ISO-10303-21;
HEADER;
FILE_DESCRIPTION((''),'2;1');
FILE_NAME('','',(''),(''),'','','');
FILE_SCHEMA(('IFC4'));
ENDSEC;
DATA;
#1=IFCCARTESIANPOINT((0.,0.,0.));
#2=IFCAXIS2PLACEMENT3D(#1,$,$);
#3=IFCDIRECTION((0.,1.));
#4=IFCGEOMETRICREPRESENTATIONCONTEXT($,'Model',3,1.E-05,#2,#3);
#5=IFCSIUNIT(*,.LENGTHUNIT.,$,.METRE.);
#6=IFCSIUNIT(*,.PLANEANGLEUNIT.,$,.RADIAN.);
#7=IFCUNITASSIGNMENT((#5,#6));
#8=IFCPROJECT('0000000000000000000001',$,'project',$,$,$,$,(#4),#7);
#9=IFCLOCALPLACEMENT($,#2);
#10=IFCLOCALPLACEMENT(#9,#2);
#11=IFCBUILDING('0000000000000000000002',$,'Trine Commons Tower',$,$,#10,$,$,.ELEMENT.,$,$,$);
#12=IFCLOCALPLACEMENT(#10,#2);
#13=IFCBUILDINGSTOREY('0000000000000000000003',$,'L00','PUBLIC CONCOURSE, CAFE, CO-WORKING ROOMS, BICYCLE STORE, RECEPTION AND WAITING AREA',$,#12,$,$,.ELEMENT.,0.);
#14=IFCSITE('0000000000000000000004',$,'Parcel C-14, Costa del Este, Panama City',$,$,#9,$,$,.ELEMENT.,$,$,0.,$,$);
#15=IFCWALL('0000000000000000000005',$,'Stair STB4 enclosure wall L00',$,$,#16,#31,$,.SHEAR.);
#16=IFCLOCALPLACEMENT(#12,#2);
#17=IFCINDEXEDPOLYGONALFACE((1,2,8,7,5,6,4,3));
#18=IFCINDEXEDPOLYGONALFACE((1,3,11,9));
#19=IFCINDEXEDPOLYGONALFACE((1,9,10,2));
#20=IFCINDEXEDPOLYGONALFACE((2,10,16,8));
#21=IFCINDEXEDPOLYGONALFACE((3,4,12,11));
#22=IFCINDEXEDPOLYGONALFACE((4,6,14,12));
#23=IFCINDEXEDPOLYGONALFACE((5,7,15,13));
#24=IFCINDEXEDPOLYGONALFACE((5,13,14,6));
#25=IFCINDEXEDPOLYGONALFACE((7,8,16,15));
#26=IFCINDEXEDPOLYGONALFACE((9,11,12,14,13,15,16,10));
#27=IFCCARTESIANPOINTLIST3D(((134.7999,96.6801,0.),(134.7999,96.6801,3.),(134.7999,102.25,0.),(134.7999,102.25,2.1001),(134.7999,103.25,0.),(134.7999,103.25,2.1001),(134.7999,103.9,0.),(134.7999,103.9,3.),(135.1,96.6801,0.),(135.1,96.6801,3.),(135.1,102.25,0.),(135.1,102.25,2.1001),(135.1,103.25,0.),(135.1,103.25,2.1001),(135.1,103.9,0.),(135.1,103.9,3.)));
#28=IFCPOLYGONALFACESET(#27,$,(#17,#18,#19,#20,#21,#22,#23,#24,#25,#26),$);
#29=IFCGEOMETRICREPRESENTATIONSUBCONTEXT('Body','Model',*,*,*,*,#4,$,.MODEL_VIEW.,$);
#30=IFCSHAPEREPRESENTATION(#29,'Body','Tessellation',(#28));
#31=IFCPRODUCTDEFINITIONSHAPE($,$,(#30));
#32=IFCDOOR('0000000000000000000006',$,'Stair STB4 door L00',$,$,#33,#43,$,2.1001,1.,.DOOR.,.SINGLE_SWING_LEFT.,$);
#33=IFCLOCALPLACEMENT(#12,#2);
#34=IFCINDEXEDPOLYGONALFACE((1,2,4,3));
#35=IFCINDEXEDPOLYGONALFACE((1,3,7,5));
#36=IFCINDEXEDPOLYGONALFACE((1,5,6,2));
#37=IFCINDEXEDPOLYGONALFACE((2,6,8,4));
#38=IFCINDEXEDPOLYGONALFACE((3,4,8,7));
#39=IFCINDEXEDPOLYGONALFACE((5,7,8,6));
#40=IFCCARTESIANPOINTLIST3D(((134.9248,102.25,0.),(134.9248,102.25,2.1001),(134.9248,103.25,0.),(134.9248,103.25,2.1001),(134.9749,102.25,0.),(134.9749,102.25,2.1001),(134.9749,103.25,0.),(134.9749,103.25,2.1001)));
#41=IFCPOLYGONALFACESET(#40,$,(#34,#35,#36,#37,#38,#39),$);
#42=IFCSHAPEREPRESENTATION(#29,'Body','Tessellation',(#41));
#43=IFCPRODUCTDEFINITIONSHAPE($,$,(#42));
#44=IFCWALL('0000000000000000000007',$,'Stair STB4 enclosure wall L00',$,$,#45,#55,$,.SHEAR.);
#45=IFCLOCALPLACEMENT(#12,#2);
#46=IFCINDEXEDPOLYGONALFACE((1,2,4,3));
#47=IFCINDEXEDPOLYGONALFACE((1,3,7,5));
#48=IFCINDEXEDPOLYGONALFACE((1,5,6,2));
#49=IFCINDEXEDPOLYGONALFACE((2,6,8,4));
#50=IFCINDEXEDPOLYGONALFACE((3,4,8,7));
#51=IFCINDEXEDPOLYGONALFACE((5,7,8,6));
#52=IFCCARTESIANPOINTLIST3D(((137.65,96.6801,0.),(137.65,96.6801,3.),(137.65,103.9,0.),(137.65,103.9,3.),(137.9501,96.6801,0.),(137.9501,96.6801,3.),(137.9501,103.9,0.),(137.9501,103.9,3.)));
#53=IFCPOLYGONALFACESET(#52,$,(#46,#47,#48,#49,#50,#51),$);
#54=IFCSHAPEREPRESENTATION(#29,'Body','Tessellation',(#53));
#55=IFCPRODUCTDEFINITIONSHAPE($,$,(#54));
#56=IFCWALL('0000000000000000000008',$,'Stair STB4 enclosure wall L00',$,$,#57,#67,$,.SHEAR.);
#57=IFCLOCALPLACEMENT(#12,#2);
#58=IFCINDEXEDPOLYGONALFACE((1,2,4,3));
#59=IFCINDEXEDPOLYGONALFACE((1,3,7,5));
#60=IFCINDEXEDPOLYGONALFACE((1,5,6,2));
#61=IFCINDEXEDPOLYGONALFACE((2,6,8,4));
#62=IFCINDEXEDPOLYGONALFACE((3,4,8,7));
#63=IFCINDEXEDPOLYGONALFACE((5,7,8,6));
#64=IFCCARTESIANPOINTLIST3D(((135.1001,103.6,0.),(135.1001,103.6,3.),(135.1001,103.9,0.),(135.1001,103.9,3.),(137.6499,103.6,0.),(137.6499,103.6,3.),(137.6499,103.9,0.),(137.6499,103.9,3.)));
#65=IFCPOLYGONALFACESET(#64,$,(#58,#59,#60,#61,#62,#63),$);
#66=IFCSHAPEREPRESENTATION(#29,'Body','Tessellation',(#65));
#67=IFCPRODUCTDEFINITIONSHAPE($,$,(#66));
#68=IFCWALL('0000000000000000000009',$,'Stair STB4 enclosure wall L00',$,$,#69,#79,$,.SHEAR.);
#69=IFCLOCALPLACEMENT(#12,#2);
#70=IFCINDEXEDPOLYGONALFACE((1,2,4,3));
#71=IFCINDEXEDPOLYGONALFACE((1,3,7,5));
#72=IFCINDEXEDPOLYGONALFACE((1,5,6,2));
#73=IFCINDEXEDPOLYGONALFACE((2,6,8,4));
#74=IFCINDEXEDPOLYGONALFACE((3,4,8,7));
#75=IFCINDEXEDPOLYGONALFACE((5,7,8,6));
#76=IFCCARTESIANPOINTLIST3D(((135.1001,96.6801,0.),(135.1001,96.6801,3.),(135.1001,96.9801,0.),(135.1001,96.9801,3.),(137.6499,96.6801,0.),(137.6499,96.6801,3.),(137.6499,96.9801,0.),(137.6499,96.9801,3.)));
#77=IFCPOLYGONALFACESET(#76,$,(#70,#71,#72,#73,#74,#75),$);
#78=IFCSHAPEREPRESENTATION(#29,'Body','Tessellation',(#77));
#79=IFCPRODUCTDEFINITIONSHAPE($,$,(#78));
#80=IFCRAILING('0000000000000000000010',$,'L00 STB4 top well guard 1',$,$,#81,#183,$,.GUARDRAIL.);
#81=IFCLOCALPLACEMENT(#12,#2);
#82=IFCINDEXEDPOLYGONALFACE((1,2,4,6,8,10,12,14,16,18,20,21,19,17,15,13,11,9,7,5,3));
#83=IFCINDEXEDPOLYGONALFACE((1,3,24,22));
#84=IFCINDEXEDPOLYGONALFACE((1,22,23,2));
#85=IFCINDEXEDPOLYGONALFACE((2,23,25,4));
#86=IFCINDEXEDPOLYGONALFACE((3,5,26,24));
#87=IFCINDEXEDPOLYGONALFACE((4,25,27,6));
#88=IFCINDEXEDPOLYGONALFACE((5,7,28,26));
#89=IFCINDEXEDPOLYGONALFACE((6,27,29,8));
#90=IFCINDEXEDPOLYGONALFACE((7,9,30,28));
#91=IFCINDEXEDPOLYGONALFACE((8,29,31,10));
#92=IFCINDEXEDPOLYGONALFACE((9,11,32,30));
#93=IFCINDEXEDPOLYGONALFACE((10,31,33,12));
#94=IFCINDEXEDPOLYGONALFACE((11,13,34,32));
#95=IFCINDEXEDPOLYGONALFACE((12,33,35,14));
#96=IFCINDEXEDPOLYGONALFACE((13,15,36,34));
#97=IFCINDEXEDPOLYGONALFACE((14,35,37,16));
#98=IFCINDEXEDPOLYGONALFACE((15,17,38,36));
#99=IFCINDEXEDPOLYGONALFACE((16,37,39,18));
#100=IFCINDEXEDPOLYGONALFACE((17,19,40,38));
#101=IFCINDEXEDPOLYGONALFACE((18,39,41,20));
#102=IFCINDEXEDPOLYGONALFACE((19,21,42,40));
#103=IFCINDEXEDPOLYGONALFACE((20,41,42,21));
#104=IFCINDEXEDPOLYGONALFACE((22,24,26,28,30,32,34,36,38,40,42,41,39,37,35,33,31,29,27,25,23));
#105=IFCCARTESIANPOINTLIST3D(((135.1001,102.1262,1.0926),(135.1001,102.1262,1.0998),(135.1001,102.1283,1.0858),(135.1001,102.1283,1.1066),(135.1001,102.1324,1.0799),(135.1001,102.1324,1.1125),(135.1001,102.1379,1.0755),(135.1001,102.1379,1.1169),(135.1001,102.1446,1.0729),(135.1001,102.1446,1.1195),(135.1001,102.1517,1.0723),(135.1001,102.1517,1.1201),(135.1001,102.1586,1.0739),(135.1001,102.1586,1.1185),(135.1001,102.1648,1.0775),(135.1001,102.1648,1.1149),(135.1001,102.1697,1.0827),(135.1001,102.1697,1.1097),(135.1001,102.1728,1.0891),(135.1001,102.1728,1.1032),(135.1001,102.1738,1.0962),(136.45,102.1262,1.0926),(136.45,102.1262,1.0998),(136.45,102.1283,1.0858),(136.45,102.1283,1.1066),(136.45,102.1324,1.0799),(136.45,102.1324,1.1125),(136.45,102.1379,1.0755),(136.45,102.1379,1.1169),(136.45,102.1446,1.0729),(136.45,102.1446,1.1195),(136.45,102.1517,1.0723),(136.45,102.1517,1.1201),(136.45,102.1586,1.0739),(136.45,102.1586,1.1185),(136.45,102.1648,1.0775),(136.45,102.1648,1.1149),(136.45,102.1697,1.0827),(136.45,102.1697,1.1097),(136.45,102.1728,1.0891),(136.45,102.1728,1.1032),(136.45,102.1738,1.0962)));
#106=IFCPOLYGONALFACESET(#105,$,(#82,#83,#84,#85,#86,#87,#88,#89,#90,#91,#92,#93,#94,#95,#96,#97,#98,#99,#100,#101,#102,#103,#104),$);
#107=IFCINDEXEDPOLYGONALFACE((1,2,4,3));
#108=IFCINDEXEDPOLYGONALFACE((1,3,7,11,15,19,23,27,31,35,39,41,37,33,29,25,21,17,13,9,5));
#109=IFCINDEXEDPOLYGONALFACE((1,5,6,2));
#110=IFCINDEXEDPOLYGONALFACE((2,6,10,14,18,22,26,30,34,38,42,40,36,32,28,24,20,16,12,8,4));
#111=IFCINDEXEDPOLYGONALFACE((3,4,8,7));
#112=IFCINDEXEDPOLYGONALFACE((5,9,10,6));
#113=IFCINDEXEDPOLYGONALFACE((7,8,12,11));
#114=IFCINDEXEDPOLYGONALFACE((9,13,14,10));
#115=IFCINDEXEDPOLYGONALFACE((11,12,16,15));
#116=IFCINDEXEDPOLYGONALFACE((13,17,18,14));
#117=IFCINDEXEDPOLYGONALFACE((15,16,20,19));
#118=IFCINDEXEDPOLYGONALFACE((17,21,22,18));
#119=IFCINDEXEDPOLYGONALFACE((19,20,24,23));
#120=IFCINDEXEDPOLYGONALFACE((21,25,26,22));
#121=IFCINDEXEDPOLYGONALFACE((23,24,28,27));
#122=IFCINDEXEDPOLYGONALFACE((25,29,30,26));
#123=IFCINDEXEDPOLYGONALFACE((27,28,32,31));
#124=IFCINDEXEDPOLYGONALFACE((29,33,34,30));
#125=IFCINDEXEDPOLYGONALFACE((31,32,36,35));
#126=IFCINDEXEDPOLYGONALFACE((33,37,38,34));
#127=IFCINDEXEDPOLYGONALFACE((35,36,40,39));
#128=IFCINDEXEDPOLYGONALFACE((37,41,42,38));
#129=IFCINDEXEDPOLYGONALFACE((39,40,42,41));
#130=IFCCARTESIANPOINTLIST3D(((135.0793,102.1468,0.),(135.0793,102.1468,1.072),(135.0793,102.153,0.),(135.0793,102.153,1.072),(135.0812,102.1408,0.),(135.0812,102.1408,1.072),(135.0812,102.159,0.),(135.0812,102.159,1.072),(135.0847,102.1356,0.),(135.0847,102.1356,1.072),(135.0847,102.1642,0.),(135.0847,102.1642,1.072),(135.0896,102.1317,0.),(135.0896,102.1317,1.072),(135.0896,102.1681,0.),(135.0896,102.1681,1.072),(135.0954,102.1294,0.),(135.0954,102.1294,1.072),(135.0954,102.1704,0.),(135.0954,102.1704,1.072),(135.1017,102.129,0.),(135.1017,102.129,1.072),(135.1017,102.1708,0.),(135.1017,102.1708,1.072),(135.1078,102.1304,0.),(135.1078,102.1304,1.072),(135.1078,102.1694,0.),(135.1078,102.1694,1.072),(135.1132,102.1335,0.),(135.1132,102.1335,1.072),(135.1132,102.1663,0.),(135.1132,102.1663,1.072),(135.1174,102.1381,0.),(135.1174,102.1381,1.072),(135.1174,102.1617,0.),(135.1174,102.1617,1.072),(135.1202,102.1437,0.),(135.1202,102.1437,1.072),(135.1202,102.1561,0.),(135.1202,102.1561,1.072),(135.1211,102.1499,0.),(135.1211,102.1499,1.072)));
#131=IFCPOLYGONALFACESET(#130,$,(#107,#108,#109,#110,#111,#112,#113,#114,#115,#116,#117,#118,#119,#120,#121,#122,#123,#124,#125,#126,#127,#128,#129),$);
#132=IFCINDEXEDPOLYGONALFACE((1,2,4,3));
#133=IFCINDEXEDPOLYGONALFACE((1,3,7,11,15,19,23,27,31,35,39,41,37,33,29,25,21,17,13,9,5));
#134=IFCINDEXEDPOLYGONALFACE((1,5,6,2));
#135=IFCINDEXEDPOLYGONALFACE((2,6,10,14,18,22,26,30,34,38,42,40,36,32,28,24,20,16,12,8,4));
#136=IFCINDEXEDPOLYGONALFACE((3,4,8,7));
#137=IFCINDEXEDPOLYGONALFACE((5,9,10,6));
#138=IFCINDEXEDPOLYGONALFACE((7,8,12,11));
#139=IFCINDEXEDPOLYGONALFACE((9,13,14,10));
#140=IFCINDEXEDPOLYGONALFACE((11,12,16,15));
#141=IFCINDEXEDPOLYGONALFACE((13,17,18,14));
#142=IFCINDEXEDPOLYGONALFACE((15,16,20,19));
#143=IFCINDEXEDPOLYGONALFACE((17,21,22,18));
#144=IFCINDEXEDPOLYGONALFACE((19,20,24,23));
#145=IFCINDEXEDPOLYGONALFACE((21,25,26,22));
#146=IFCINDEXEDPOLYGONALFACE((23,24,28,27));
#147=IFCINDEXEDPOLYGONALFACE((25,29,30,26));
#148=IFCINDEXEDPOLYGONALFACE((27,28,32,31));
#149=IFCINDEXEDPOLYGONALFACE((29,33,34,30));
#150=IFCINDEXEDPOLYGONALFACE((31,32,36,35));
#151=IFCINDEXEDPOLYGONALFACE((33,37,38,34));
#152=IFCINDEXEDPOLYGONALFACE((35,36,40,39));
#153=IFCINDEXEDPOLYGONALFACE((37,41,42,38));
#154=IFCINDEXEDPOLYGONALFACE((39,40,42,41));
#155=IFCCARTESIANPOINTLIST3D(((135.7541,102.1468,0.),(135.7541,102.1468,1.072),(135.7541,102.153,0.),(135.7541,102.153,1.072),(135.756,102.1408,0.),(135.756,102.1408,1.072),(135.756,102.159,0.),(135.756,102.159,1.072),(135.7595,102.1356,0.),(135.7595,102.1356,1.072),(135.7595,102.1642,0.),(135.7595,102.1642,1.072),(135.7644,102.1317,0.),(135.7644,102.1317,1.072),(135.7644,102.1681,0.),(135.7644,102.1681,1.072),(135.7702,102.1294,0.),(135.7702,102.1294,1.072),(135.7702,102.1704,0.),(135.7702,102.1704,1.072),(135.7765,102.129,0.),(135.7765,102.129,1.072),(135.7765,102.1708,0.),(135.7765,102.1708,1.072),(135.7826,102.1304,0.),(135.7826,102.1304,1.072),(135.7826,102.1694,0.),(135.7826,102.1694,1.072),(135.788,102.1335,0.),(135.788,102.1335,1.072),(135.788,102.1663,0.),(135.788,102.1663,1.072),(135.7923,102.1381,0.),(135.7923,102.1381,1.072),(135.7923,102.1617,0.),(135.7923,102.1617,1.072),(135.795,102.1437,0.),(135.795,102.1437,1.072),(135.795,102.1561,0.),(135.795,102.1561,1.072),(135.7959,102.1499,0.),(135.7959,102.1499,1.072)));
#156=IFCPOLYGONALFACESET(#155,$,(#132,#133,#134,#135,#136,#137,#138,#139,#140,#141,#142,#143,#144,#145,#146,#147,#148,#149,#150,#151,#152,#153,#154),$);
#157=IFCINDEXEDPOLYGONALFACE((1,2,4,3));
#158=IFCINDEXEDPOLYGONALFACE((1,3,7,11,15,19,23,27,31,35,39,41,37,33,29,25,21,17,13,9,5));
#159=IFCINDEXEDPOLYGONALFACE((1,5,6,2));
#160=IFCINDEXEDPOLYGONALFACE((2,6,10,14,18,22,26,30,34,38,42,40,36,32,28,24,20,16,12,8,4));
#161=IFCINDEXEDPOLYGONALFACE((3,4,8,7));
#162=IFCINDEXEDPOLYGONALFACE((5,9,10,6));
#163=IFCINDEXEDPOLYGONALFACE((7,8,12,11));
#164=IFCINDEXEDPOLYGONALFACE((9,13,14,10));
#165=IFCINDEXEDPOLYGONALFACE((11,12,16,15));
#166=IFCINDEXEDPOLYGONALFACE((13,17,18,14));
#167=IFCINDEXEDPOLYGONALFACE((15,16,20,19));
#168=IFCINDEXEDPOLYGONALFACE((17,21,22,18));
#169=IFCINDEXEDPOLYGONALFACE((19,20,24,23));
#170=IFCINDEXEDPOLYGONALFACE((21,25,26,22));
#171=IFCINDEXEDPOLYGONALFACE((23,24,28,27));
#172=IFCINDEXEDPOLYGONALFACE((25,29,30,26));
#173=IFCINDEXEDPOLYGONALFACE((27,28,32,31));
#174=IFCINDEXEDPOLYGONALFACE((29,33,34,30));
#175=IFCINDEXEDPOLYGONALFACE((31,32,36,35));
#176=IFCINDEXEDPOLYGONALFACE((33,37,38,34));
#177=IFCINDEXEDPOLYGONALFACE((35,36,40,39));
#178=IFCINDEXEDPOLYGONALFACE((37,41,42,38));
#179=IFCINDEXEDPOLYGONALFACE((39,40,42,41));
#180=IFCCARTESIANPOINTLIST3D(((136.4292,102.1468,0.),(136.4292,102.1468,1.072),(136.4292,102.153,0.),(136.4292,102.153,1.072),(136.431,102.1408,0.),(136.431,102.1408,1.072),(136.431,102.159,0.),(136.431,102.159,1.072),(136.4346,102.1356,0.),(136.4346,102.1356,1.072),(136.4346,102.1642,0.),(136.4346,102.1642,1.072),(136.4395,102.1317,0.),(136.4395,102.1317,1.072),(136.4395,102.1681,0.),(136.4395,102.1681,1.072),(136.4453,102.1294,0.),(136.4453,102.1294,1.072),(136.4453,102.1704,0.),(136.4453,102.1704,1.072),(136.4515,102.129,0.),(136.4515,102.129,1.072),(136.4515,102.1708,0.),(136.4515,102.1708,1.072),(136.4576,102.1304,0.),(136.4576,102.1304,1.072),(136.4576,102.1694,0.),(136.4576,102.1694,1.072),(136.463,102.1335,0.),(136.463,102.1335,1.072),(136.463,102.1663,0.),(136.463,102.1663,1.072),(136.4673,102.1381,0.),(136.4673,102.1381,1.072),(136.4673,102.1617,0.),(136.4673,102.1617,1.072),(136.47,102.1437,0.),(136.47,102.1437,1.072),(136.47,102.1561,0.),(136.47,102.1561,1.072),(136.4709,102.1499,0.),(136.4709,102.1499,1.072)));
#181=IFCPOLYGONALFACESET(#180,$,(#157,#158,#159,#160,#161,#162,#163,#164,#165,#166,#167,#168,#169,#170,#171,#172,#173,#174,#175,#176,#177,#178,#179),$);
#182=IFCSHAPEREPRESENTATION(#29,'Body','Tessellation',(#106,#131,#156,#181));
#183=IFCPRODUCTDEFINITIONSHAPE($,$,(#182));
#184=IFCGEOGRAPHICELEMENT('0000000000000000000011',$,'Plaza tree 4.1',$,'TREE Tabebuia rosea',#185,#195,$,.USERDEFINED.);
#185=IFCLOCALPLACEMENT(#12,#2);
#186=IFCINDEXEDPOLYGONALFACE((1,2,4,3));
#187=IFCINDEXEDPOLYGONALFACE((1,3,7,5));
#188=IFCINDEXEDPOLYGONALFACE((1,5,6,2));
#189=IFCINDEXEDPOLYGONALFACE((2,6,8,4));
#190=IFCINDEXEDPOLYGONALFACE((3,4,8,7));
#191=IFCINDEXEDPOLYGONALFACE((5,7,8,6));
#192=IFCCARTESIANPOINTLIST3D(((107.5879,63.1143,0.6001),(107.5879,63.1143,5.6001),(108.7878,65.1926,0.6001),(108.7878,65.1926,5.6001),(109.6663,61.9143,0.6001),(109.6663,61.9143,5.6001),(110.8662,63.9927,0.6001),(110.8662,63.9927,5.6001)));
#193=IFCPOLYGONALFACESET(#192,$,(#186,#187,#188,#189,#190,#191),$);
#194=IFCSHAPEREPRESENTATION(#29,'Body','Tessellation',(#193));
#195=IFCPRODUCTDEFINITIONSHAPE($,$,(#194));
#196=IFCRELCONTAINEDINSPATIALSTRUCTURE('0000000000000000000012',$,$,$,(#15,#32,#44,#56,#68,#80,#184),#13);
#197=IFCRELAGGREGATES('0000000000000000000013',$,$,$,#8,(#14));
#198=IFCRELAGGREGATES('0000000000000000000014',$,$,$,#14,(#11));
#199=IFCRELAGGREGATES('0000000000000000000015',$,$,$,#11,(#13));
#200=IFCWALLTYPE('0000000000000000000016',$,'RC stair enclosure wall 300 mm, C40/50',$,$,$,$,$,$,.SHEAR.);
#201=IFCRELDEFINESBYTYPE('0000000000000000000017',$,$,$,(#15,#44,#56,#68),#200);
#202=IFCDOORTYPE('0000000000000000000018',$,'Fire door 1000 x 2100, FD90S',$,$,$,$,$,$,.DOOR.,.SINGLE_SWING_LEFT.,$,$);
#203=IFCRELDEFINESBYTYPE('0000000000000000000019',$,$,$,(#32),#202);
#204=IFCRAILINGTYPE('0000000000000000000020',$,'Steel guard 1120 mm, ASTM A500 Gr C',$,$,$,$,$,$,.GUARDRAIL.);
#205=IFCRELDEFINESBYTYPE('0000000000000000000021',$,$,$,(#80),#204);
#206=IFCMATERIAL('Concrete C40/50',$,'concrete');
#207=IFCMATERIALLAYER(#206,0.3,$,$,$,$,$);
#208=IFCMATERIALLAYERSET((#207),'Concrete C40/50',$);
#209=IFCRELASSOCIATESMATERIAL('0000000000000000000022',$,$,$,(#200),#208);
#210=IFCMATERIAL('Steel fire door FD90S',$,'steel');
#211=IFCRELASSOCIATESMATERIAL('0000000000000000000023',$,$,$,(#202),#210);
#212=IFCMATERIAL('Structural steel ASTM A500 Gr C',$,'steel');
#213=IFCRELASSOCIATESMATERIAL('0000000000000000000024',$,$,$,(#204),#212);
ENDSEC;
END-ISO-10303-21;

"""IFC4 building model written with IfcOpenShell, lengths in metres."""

from ifc_helpers import new_model, si_unit, direction, frame, frame_2d, origin, origin_2d, place, context, subcontext, project, spatial, rectangle, circle, extrude, material, layer, layer_set, type_object, element, fill, save


model = new_model("IFC4")

# Units and contexts
model_context = context("Model", 3, precision=1e-05, world=origin(), true_north=direction((0.0, 1.0)))
body_context = subcontext(model_context, "Body", "Model", "MODEL_VIEW")
ifc_project = project(units=[si_unit("LENGTHUNIT", "METRE"), si_unit("PLANEANGLEUNIT", "RADIAN")], contexts=[model_context])

# Site, building, storey
site_placement = place(None, origin())
site = spatial("IfcSite", under=ifc_project, at=site_placement, Name="Parcel C-14, Costa del Este, Panama City", CompositionType="ELEMENT", RefElevation=0.0)
building_placement = place(site_placement, origin())
building = spatial("IfcBuilding", under=site, at=building_placement, Name="Trine Commons Tower", CompositionType="ELEMENT")
storey_placement = place(building_placement, origin())
storey = spatial("IfcBuildingStorey", under=building, at=storey_placement, Name="L00", Description="PUBLIC CONCOURSE, CAFE, CO-WORKING ROOMS, BICYCLE STORE, RECEPTION AND WAITING AREA", CompositionType="ELEMENT", Elevation=0.0)

# Wall, opening, door
ifc_material_1 = material(Name="Concrete C40/50", Category="concrete")
ifc_layer_1 = layer(ifc_material_1, 0.3)
ifc_layer_set_1 = layer_set([ifc_layer_1], Name="Concrete C40/50")
wall_type_1 = type_object("IfcWallType", Name="RC stair enclosure wall 300 mm, C40/50", PredefinedType="SHEAR", material=ifc_layer_set_1)
wall_1_placement = place(storey_placement, frame((134.95, 103.8999, 0.0), z_axis=(0.0, 0.0, 1.0), x_axis=(0.0, -1.0, 0.0)))
wall_1 = element("IfcWall", 1, at=wall_1_placement, inside=storey, type_object=wall_type_1, Name="Stair STB4 enclosure wall L00", PredefinedType="SHEAR", context=body_context, shape_type="SweptSolid", body=[
    extrude(rectangle(XDim=7.22, YDim=0.3, at=frame_2d((3.6099, 0.0))), origin(), (0.0, 0.0, 1.0), 3.0),
])
opening_placement = place(wall_1_placement, frame((0.6499, 0.0, 0.0)))
opening = element("IfcOpeningElement", 2, at=opening_placement, cuts=wall_1, PredefinedType="OPENING", context=body_context, shape_type="SweptSolid", body=[
    extrude(rectangle(XDim=1.0, YDim=2.1001, at=frame_2d((0.5, 1.05))), frame((0.0, 0.1599, 0.0), z_axis=(0.0, -1.0, 0.0), x_axis=(1.0, 0.0, 0.0)), (0.0, 0.0, 1.0), 0.3201),
])
ifc_material_2 = material(Name="Steel fire door FD90S", Category="steel")
door_type = type_object("IfcDoorType", Name="Fire door 1000 x 2100, FD90S", OperationType="SINGLE_SWING_LEFT", PredefinedType="DOOR", material=ifc_material_2)
door_placement = place(opening_placement, origin())
door = element("IfcDoor", 3, at=door_placement, inside=storey, type_object=door_type, Name="Stair STB4 door L00", OperationType="SINGLE_SWING_LEFT", OverallHeight=2.1001, OverallWidth=1.0, PredefinedType="DOOR", context=body_context, shape_type="SweptSolid", body=[
    extrude(rectangle(XDim=1.0, YDim=2.1001, at=frame_2d((0.5, 1.05))), frame((0.0, 0.0249, 0.0), z_axis=(0.0, -1.0, 0.0), x_axis=(1.0, 0.0, 0.0)), (0.0, 0.0, 1.0), 0.05),
])
fill(opening, door)

# Walls
wall_2_placement = place(storey_placement, frame((137.8, 103.8999, 0.0), z_axis=(0.0, 0.0, 1.0), x_axis=(0.0, -1.0, 0.0)))
element("IfcWall", 4, at=wall_2_placement, inside=storey, type_object=wall_type_1, Name="Stair STB4 enclosure wall L00", PredefinedType="SHEAR", context=body_context, shape_type="SweptSolid", body=[
    extrude(rectangle(XDim=7.22, YDim=0.3, at=frame_2d((3.6099, 0.0))), origin(), (0.0, 0.0, 1.0), 3.0),
])
for number, where, z_axis, x_axis, name in (
    (5, (135.1001, 103.75, 0.0), (0.0, 0.0, 1.0), (1.0, 0.0, 0.0), "Stair STB4 enclosure wall L00"),
    (6, (135.1001, 96.8301, 0.0), (0.0, 0.0, 1.0), (1.0, 0.0, 0.0), "Stair STB4 enclosure wall L00"),
):
    element("IfcWall", number, at=place(storey_placement, frame(where, z_axis=z_axis, x_axis=x_axis)), inside=storey, type_object=wall_type_1, Name=name, PredefinedType="SHEAR", context=body_context, shape_type="SweptSolid", body=[
        extrude(rectangle(XDim=2.5498, YDim=0.3, at=frame_2d((1.2749, 0.0))), origin(), (0.0, 0.0, 1.0), 3.0),
    ])

# Railing
ifc_material_3 = material(Name="Structural steel ASTM A500 Gr C", Category="steel")
railing_type = type_object("IfcRailingType", Name="Steel guard 1120 mm, ASTM A500 Gr C", PredefinedType="GUARDRAIL", material=ifc_material_3)
railing_placement = place(storey_placement, frame((135.1001, 102.1499, 0.0)))
element("IfcRailing", 7, at=railing_placement, inside=storey, type_object=railing_type, Name="L00 STB4 top well guard 1", PredefinedType="GUARDRAIL", context=body_context, shape_type="SweptSolid", body=[
    extrude(circle(Radius=0.0239, at=origin_2d()), frame((0.0, 0.0, 1.0962), z_axis=(1.0, 0.0, 0.0), x_axis=(0.0, 1.0, 0.0)), (0.0, 0.0, 1.0), 1.3499),
    extrude(circle(Radius=0.021, at=origin_2d()), origin(), (0.0, 0.0, 1.0), 1.072),
    extrude(circle(Radius=0.021, at=origin_2d()), frame((0.6748, 0.0, 0.0)), (0.0, 0.0, 1.0), 1.072),
    extrude(circle(Radius=0.021, at=origin_2d()), frame((1.3499, 0.0, 0.0)), (0.0, 0.0, 1.0), 1.072),
])

# Geographic element
geographic_element_placement = place(storey_placement, frame((109.2271, 63.5535, 0.6001), z_axis=(0.0, 0.0, 1.0), x_axis=(-0.5, -0.866025, 0.0)))
element("IfcGeographicElement", 8, at=geographic_element_placement, inside=storey, Name="Plaza tree 4.1", ObjectType="TREE Tabebuia rosea", PredefinedType="USERDEFINED", context=body_context, shape_type="SweptSolid", body=[
    extrude(rectangle(XDim=2.3999, YDim=2.3999, at=origin_2d()), origin(), (0.0, 0.0, 1.0), 5.0),
])

save(model, "model.ifc")
